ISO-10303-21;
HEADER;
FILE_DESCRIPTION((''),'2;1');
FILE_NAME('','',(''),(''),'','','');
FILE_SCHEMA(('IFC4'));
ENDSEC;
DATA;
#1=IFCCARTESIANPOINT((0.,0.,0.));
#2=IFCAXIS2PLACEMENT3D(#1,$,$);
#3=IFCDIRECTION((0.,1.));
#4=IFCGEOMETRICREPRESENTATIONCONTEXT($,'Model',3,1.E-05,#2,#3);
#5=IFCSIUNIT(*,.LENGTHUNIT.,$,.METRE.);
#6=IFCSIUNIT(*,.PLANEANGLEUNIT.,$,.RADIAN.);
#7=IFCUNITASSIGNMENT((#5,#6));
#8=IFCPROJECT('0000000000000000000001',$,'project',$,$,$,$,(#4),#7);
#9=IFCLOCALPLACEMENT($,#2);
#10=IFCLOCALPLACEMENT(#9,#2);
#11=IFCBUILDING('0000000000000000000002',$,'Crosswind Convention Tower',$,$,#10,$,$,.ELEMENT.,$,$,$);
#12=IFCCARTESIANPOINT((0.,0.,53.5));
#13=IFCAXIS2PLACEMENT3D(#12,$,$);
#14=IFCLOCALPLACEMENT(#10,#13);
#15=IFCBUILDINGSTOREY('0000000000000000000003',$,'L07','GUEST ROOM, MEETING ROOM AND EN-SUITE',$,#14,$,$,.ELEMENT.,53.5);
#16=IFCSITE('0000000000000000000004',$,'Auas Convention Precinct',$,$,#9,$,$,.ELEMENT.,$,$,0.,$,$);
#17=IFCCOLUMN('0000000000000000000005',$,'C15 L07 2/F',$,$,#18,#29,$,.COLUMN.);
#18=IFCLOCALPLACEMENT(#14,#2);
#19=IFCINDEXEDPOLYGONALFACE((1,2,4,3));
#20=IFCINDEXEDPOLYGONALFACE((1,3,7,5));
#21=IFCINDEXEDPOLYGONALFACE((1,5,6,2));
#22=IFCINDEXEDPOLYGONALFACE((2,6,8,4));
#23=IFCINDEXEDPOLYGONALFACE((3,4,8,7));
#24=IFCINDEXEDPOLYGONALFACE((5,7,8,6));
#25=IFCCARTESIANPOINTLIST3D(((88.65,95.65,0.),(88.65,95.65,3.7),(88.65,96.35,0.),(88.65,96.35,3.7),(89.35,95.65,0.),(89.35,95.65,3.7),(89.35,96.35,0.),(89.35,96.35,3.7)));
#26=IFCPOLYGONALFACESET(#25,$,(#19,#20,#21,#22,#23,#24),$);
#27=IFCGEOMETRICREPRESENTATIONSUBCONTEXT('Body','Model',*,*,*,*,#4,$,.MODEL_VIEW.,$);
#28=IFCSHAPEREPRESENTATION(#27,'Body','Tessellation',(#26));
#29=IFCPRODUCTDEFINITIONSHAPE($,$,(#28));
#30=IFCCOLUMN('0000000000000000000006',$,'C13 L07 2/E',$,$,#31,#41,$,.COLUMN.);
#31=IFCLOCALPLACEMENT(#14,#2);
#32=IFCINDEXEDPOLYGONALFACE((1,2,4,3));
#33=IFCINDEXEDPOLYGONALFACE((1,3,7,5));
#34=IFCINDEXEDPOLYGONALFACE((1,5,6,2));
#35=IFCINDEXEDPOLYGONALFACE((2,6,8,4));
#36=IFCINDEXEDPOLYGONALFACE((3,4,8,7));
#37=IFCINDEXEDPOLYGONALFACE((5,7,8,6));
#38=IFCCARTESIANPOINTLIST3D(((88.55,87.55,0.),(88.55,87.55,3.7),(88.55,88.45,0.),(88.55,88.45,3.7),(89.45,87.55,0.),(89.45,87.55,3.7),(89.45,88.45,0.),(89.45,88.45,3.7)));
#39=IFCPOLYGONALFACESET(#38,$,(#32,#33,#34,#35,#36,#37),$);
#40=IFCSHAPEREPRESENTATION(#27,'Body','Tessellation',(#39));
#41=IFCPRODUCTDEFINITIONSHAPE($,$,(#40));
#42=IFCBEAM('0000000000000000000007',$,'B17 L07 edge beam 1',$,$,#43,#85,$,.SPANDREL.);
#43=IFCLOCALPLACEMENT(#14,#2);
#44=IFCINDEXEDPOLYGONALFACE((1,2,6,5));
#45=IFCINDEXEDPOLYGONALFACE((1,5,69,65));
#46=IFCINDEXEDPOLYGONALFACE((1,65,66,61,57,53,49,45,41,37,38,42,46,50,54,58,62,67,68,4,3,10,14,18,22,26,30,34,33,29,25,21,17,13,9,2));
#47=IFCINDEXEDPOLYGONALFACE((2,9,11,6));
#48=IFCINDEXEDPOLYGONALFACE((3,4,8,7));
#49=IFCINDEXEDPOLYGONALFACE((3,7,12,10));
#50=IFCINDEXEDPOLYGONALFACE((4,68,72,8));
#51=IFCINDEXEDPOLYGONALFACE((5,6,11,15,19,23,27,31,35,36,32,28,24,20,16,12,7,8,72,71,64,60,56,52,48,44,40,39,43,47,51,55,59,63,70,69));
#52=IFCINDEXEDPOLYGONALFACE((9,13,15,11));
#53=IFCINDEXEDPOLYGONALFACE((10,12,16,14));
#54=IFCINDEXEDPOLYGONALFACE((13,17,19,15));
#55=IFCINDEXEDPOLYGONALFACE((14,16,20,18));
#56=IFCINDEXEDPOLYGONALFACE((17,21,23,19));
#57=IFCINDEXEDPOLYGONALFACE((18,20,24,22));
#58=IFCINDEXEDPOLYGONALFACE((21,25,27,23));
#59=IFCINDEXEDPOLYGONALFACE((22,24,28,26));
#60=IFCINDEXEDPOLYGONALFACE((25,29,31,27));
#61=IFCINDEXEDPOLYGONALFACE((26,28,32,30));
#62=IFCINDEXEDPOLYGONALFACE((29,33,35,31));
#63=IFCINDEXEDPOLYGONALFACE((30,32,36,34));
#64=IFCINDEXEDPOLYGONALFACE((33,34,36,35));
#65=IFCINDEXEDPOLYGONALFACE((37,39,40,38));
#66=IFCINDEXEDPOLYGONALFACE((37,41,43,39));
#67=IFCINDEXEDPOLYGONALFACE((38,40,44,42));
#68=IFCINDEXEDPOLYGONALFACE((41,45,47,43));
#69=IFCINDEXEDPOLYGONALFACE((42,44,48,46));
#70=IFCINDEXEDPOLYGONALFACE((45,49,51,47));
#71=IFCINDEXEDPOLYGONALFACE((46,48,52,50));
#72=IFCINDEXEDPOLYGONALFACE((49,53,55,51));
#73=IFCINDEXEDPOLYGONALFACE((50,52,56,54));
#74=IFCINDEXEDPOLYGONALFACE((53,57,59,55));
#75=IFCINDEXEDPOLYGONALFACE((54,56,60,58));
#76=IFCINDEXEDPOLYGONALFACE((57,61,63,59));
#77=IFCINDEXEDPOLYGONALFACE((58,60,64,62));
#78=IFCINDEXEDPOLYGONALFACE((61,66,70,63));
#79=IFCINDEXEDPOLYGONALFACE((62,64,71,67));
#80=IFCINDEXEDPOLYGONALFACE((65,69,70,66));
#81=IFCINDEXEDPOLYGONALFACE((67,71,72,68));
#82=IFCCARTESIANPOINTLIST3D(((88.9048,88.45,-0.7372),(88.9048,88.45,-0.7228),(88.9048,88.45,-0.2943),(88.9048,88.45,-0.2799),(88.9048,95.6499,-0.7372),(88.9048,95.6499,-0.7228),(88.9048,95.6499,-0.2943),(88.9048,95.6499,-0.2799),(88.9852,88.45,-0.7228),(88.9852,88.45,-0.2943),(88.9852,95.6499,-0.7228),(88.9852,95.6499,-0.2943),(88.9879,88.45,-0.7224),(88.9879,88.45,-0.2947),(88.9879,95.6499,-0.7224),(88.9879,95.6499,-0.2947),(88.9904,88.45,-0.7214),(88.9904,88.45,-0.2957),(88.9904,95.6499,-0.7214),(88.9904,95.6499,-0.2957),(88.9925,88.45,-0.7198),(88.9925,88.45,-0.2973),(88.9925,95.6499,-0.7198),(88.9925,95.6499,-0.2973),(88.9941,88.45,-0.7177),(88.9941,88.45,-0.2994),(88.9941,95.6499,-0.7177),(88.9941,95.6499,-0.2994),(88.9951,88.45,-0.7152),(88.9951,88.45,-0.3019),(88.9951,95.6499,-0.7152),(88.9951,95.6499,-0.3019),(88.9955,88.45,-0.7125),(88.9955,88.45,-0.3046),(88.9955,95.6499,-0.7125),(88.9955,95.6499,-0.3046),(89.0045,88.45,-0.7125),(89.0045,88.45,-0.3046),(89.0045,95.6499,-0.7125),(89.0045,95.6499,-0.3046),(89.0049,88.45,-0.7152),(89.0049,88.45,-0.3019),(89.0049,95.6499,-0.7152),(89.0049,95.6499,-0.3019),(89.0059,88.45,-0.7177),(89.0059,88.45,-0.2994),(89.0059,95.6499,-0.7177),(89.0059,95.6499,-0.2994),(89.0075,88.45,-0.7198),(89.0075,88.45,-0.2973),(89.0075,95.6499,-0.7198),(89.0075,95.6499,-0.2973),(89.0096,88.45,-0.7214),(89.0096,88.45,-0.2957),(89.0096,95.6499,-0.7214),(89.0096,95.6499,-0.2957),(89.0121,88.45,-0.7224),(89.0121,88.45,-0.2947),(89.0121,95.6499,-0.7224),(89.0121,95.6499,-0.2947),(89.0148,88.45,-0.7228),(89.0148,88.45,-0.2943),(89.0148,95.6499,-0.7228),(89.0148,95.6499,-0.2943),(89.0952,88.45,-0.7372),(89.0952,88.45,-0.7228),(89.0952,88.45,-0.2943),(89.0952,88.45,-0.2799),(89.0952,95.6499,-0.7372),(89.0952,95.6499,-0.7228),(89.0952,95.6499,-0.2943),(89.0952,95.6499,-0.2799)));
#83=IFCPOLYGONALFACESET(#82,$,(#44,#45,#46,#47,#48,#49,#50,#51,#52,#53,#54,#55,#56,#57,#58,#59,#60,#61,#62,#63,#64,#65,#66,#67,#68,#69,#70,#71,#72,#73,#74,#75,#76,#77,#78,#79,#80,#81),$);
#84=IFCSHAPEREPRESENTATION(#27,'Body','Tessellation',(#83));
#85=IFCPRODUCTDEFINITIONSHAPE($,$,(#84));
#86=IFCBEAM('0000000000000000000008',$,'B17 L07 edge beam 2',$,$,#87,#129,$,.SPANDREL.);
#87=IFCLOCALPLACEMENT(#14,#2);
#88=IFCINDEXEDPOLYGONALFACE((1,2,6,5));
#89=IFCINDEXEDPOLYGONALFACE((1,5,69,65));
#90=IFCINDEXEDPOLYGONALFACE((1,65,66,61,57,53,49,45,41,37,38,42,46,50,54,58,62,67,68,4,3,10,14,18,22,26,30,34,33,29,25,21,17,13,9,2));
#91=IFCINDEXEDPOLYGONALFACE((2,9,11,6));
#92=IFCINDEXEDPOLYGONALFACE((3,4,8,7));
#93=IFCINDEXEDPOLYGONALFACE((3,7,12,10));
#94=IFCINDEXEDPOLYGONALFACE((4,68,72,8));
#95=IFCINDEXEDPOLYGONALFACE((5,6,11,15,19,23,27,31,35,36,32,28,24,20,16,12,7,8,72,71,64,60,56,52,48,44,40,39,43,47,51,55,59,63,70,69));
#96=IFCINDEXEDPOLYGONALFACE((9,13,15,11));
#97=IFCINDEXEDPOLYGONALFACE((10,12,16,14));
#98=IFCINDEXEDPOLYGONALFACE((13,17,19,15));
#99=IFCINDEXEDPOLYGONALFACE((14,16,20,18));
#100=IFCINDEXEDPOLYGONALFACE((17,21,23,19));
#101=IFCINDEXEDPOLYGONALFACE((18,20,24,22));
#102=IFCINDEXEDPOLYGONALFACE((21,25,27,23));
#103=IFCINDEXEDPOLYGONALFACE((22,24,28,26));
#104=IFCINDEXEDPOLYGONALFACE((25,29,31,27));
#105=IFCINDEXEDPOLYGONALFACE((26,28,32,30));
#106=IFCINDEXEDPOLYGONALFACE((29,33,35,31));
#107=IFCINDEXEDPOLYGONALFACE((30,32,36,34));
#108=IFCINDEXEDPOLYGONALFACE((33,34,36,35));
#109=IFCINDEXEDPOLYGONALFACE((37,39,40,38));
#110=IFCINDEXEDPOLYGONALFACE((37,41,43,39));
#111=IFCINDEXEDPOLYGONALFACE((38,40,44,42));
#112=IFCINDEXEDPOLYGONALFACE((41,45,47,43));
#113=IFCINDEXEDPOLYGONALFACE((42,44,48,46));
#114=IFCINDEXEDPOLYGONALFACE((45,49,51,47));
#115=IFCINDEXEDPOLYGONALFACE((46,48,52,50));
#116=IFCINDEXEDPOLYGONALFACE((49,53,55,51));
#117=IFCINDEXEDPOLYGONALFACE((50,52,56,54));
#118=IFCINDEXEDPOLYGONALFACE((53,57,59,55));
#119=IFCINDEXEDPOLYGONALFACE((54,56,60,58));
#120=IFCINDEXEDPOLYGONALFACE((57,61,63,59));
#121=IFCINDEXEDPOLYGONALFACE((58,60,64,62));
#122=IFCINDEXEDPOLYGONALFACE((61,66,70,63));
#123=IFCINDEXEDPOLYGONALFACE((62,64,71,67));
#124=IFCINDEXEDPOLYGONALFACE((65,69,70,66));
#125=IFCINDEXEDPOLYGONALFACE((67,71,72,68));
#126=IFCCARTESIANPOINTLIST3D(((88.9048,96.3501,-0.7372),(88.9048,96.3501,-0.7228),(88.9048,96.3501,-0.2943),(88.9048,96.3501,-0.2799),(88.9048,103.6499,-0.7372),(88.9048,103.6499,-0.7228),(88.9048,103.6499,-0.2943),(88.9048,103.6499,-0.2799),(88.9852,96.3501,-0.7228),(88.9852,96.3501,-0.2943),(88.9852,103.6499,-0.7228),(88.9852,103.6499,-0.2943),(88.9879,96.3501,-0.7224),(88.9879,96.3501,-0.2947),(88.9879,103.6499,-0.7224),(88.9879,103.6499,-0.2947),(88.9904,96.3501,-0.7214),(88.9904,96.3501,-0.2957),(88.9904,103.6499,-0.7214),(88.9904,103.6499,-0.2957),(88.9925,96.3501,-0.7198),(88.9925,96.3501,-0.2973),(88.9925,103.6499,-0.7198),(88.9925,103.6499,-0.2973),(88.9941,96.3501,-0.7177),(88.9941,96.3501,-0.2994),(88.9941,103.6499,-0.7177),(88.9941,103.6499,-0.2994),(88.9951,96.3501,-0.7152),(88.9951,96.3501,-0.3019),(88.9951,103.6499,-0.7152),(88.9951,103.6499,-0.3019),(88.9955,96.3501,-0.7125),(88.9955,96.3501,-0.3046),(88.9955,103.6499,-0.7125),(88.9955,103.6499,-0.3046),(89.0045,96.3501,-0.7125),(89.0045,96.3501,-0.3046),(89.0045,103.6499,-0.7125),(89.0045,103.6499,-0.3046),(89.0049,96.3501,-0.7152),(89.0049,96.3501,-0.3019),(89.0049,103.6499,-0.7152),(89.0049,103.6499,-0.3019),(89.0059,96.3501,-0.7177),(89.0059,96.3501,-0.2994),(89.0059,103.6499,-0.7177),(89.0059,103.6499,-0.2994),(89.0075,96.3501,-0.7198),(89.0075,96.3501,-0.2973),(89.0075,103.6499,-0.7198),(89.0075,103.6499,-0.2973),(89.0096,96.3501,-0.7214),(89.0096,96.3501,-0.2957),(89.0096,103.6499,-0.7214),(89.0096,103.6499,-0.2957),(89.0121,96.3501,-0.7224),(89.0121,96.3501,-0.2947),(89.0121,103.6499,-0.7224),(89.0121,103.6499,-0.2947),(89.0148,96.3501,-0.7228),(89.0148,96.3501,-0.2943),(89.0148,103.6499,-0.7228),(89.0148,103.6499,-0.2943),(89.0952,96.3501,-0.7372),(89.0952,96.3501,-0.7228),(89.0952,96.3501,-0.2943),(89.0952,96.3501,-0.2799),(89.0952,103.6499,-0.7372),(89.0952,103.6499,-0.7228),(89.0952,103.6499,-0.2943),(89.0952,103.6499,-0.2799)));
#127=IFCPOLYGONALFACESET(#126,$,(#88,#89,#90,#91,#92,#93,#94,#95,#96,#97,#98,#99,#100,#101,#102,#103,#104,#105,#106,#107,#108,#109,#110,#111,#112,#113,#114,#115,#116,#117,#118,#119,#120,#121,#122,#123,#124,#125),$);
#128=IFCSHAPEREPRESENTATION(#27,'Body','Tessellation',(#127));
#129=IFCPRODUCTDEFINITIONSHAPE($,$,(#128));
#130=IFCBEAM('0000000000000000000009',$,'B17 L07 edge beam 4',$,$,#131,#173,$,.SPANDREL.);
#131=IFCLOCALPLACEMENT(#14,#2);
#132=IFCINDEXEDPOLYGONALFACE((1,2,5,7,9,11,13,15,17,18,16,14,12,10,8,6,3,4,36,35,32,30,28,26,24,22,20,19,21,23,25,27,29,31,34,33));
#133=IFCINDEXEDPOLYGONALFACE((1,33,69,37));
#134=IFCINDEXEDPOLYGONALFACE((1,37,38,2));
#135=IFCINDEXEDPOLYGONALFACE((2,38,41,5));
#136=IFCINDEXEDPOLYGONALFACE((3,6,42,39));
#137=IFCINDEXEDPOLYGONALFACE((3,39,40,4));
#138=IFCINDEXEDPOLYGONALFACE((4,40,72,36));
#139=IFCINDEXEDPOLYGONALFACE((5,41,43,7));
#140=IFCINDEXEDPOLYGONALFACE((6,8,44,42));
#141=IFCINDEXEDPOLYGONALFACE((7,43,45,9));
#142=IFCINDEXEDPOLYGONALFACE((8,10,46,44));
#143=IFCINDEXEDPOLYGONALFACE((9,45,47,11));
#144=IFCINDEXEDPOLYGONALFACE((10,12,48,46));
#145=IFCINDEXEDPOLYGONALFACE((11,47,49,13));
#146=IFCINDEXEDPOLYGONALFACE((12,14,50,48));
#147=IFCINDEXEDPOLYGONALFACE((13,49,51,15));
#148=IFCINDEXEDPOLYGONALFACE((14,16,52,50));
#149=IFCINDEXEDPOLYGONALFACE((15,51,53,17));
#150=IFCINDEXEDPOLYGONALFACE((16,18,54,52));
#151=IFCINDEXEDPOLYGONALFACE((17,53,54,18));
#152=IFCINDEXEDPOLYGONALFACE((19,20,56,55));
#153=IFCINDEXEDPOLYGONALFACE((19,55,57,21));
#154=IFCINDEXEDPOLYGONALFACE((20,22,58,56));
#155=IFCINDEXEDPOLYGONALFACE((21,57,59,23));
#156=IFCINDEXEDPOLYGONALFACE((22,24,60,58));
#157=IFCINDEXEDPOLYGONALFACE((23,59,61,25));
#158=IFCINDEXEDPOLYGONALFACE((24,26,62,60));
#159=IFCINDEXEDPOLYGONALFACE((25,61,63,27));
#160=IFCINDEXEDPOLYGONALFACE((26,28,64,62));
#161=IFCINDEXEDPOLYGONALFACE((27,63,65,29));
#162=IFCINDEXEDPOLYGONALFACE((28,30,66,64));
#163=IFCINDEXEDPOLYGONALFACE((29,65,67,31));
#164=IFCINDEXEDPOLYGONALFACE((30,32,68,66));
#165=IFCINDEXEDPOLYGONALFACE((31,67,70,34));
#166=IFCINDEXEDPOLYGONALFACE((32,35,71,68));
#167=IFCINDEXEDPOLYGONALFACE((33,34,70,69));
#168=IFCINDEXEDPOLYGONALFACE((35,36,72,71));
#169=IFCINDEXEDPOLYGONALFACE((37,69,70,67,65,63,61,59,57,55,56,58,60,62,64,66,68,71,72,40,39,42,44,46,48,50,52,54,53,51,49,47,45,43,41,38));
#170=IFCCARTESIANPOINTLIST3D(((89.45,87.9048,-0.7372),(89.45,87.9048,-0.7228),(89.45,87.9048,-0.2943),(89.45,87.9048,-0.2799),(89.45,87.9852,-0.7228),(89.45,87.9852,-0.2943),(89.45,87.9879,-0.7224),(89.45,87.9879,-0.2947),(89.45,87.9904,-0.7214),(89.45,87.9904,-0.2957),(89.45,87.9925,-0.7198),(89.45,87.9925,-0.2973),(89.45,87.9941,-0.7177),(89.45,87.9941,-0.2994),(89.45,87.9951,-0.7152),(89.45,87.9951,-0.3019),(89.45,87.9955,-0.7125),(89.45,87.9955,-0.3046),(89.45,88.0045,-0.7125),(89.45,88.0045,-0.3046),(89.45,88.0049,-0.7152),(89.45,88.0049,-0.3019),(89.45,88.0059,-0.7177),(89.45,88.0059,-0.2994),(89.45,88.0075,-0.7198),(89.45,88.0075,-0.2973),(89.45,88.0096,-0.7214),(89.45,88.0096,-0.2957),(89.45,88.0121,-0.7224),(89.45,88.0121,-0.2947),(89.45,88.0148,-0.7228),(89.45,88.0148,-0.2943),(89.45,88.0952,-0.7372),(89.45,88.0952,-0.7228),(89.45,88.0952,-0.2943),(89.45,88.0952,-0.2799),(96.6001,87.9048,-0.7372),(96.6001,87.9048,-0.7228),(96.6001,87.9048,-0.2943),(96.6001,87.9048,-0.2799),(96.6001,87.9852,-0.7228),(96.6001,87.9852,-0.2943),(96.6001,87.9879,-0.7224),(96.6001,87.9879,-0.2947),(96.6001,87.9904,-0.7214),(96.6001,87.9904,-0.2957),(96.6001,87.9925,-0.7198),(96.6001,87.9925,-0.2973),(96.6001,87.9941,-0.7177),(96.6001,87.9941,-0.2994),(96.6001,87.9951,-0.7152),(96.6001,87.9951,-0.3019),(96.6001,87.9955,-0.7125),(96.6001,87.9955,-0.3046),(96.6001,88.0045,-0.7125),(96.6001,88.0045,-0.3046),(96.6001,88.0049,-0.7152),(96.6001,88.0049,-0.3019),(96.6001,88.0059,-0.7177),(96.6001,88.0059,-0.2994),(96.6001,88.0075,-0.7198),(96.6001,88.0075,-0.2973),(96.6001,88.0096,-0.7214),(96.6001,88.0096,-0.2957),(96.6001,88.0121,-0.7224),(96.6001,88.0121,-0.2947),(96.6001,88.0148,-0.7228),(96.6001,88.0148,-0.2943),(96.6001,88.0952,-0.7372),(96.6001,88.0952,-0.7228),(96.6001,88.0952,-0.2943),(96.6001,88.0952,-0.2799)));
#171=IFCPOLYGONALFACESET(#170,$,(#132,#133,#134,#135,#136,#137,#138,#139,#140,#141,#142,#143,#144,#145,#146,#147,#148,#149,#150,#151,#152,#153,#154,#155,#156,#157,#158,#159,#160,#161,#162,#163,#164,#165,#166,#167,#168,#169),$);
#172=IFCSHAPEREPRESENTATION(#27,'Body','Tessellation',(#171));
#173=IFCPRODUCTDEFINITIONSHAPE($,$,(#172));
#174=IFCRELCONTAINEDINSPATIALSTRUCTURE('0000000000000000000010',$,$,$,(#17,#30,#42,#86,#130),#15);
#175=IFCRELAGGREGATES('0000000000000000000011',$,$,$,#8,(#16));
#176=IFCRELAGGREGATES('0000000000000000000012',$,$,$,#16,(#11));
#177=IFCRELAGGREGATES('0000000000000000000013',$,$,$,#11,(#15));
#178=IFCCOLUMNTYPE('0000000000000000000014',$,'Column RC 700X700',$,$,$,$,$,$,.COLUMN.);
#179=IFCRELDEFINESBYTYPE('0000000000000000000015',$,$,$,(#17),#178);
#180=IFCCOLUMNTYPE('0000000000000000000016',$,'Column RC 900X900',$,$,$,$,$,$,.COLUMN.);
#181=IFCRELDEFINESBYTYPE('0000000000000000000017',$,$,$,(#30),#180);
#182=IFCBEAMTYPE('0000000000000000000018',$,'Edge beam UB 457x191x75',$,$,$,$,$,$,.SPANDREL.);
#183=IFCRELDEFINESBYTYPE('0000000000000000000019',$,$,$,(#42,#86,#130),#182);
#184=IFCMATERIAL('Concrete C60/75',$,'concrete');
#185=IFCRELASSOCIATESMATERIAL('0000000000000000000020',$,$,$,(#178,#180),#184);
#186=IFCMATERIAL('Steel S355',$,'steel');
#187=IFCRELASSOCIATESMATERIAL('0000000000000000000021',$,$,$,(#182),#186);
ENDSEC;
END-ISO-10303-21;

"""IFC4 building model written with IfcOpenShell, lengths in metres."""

from ifc_helpers import new_model, si_unit, direction, frame, origin, origin_2d, place, context, subcontext, project, spatial, rectangle, i_section, extrude, material, material_profile, profile_set, type_object, element, save


model = new_model("IFC4")

# Units and contexts
model_context = context("Model", 3, precision=1e-05, world=origin(), true_north=direction((0.0, 1.0)))
body_context = subcontext(model_context, "Body", "Model", "MODEL_VIEW")
ifc_project = project(units=[si_unit("LENGTHUNIT", "METRE"), si_unit("PLANEANGLEUNIT", "RADIAN")], contexts=[model_context])

# Site, building, storey
site_placement = place(None, origin())
site = spatial("IfcSite", under=ifc_project, at=site_placement, Name="Auas Convention Precinct", CompositionType="ELEMENT", RefElevation=0.0)
building_placement = place(site_placement, origin())
building = spatial("IfcBuilding", under=site, at=building_placement, Name="Crosswind Convention Tower", CompositionType="ELEMENT")
storey_placement = place(building_placement, frame((0.0, 0.0, 53.5)))
storey = spatial("IfcBuildingStorey", under=building, at=storey_placement, Name="L07", Description="GUEST ROOM, MEETING ROOM AND EN-SUITE", CompositionType="ELEMENT", Elevation=53.5)

# Columns
ifc_material_1 = material(Name="Concrete C60/75", Category="concrete")
ifc_material_profile_1 = material_profile(ifc_material_1, rectangle(XDim=0.7, YDim=0.7, at=origin_2d()), Name="RC 700X700")
ifc_profile_set_1 = profile_set([ifc_material_profile_1], Name="Concrete C60/75")
column_type_1 = type_object("IfcColumnType", Name="Column RC 700X700", PredefinedType="COLUMN", material=ifc_profile_set_1)
column_1_placement = place(storey_placement, frame((89.0, 96.0, 0.0), z_axis=(0.0, 0.0, 1.0), x_axis=(1.0, 0.0, 0.0)))
element("IfcColumn", 1, at=column_1_placement, inside=storey, type_object=column_type_1, Name="C15 L07 2/F", PredefinedType="COLUMN", context=body_context, shape_type="SweptSolid", body=[
    extrude(rectangle(XDim=0.7, YDim=0.7, at=origin_2d()), origin(), (0.0, 0.0, 1.0), 3.7),
])
ifc_material_profile_2 = material_profile(ifc_material_1, rectangle(XDim=0.8999, YDim=0.8999, at=origin_2d()), Name="RC 900X900")
ifc_profile_set_2 = profile_set([ifc_material_profile_2], Name="Concrete C60/75")
column_type_2 = type_object("IfcColumnType", Name="Column RC 900X900", PredefinedType="COLUMN", material=ifc_profile_set_2)
column_2_placement = place(storey_placement, frame((89.0, 88.0, 0.0), z_axis=(0.0, 0.0, 1.0), x_axis=(1.0, 0.0, 0.0)))
element("IfcColumn", 2, at=column_2_placement, inside=storey, type_object=column_type_2, Name="C13 L07 2/E", PredefinedType="COLUMN", context=body_context, shape_type="SweptSolid", body=[
    extrude(rectangle(XDim=0.8999, YDim=0.8999, at=origin_2d()), origin(), (0.0, 0.0, 1.0), 3.7),
])

# Beams
ifc_material_2 = material(Name="Steel S355", Category="steel")
ifc_material_profile_3 = material_profile(ifc_material_2, i_section(OverallWidth=0.1904, OverallDepth=0.4573, WebThickness=0.009, FlangeThickness=0.0144, FilletRadius=0.0103, at=origin_2d()), Name="UB 457x191x75")
ifc_profile_set_3 = profile_set([ifc_material_profile_3], Name="Steel S355")
beam_type_1 = type_object("IfcBeamType", Name="Edge beam UB 457x191x75", PredefinedType="SPANDREL", material=ifc_profile_set_3)
beam_1_placement = place(storey_placement, frame((89.0, 88.45, -0.5085), z_axis=(0.0, 1.0, 0.0), x_axis=(-1.0, 0.0, 0.0)))
element("IfcBeam", 3, at=beam_1_placement, inside=storey, type_object=beam_type_1, Name="B17 L07 edge beam 1", PredefinedType="SPANDREL", context=body_context, shape_type="SweptSolid", body=[
    extrude(i_section(OverallWidth=0.1904, OverallDepth=0.4573, WebThickness=0.009, FlangeThickness=0.0144, FilletRadius=0.0103, at=origin_2d()), origin(), (0.0, 0.0, 1.0), 7.2),
])
beam_2_placement = place(storey_placement, frame((89.0, 96.3501, -0.5085), z_axis=(0.0, 1.0, 0.0), x_axis=(-1.0, 0.0, 0.0)))
element("IfcBeam", 4, at=beam_2_placement, inside=storey, type_object=beam_type_1, Name="B17 L07 edge beam 2", PredefinedType="SPANDREL", context=body_context, shape_type="SweptSolid", body=[
    extrude(i_section(OverallWidth=0.1904, OverallDepth=0.4573, WebThickness=0.009, FlangeThickness=0.0144, FilletRadius=0.0103, at=origin_2d()), origin(), (0.0, 0.0, 1.0), 7.2998),
])
beam_3_placement = place(storey_placement, frame((89.45, 88.0, -0.5085), z_axis=(1.0, 0.0, 0.0), x_axis=(0.0, 1.0, 0.0)))
element("IfcBeam", 5, at=beam_3_placement, inside=storey, type_object=beam_type_1, Name="B17 L07 edge beam 4", PredefinedType="SPANDREL", context=body_context, shape_type="SweptSolid", body=[
    extrude(i_section(OverallWidth=0.1904, OverallDepth=0.4573, WebThickness=0.009, FlangeThickness=0.0144, FilletRadius=0.0103, at=origin_2d()), origin(), (0.0, 0.0, 1.0), 7.1501),
])

save(model, "model.ifc")
